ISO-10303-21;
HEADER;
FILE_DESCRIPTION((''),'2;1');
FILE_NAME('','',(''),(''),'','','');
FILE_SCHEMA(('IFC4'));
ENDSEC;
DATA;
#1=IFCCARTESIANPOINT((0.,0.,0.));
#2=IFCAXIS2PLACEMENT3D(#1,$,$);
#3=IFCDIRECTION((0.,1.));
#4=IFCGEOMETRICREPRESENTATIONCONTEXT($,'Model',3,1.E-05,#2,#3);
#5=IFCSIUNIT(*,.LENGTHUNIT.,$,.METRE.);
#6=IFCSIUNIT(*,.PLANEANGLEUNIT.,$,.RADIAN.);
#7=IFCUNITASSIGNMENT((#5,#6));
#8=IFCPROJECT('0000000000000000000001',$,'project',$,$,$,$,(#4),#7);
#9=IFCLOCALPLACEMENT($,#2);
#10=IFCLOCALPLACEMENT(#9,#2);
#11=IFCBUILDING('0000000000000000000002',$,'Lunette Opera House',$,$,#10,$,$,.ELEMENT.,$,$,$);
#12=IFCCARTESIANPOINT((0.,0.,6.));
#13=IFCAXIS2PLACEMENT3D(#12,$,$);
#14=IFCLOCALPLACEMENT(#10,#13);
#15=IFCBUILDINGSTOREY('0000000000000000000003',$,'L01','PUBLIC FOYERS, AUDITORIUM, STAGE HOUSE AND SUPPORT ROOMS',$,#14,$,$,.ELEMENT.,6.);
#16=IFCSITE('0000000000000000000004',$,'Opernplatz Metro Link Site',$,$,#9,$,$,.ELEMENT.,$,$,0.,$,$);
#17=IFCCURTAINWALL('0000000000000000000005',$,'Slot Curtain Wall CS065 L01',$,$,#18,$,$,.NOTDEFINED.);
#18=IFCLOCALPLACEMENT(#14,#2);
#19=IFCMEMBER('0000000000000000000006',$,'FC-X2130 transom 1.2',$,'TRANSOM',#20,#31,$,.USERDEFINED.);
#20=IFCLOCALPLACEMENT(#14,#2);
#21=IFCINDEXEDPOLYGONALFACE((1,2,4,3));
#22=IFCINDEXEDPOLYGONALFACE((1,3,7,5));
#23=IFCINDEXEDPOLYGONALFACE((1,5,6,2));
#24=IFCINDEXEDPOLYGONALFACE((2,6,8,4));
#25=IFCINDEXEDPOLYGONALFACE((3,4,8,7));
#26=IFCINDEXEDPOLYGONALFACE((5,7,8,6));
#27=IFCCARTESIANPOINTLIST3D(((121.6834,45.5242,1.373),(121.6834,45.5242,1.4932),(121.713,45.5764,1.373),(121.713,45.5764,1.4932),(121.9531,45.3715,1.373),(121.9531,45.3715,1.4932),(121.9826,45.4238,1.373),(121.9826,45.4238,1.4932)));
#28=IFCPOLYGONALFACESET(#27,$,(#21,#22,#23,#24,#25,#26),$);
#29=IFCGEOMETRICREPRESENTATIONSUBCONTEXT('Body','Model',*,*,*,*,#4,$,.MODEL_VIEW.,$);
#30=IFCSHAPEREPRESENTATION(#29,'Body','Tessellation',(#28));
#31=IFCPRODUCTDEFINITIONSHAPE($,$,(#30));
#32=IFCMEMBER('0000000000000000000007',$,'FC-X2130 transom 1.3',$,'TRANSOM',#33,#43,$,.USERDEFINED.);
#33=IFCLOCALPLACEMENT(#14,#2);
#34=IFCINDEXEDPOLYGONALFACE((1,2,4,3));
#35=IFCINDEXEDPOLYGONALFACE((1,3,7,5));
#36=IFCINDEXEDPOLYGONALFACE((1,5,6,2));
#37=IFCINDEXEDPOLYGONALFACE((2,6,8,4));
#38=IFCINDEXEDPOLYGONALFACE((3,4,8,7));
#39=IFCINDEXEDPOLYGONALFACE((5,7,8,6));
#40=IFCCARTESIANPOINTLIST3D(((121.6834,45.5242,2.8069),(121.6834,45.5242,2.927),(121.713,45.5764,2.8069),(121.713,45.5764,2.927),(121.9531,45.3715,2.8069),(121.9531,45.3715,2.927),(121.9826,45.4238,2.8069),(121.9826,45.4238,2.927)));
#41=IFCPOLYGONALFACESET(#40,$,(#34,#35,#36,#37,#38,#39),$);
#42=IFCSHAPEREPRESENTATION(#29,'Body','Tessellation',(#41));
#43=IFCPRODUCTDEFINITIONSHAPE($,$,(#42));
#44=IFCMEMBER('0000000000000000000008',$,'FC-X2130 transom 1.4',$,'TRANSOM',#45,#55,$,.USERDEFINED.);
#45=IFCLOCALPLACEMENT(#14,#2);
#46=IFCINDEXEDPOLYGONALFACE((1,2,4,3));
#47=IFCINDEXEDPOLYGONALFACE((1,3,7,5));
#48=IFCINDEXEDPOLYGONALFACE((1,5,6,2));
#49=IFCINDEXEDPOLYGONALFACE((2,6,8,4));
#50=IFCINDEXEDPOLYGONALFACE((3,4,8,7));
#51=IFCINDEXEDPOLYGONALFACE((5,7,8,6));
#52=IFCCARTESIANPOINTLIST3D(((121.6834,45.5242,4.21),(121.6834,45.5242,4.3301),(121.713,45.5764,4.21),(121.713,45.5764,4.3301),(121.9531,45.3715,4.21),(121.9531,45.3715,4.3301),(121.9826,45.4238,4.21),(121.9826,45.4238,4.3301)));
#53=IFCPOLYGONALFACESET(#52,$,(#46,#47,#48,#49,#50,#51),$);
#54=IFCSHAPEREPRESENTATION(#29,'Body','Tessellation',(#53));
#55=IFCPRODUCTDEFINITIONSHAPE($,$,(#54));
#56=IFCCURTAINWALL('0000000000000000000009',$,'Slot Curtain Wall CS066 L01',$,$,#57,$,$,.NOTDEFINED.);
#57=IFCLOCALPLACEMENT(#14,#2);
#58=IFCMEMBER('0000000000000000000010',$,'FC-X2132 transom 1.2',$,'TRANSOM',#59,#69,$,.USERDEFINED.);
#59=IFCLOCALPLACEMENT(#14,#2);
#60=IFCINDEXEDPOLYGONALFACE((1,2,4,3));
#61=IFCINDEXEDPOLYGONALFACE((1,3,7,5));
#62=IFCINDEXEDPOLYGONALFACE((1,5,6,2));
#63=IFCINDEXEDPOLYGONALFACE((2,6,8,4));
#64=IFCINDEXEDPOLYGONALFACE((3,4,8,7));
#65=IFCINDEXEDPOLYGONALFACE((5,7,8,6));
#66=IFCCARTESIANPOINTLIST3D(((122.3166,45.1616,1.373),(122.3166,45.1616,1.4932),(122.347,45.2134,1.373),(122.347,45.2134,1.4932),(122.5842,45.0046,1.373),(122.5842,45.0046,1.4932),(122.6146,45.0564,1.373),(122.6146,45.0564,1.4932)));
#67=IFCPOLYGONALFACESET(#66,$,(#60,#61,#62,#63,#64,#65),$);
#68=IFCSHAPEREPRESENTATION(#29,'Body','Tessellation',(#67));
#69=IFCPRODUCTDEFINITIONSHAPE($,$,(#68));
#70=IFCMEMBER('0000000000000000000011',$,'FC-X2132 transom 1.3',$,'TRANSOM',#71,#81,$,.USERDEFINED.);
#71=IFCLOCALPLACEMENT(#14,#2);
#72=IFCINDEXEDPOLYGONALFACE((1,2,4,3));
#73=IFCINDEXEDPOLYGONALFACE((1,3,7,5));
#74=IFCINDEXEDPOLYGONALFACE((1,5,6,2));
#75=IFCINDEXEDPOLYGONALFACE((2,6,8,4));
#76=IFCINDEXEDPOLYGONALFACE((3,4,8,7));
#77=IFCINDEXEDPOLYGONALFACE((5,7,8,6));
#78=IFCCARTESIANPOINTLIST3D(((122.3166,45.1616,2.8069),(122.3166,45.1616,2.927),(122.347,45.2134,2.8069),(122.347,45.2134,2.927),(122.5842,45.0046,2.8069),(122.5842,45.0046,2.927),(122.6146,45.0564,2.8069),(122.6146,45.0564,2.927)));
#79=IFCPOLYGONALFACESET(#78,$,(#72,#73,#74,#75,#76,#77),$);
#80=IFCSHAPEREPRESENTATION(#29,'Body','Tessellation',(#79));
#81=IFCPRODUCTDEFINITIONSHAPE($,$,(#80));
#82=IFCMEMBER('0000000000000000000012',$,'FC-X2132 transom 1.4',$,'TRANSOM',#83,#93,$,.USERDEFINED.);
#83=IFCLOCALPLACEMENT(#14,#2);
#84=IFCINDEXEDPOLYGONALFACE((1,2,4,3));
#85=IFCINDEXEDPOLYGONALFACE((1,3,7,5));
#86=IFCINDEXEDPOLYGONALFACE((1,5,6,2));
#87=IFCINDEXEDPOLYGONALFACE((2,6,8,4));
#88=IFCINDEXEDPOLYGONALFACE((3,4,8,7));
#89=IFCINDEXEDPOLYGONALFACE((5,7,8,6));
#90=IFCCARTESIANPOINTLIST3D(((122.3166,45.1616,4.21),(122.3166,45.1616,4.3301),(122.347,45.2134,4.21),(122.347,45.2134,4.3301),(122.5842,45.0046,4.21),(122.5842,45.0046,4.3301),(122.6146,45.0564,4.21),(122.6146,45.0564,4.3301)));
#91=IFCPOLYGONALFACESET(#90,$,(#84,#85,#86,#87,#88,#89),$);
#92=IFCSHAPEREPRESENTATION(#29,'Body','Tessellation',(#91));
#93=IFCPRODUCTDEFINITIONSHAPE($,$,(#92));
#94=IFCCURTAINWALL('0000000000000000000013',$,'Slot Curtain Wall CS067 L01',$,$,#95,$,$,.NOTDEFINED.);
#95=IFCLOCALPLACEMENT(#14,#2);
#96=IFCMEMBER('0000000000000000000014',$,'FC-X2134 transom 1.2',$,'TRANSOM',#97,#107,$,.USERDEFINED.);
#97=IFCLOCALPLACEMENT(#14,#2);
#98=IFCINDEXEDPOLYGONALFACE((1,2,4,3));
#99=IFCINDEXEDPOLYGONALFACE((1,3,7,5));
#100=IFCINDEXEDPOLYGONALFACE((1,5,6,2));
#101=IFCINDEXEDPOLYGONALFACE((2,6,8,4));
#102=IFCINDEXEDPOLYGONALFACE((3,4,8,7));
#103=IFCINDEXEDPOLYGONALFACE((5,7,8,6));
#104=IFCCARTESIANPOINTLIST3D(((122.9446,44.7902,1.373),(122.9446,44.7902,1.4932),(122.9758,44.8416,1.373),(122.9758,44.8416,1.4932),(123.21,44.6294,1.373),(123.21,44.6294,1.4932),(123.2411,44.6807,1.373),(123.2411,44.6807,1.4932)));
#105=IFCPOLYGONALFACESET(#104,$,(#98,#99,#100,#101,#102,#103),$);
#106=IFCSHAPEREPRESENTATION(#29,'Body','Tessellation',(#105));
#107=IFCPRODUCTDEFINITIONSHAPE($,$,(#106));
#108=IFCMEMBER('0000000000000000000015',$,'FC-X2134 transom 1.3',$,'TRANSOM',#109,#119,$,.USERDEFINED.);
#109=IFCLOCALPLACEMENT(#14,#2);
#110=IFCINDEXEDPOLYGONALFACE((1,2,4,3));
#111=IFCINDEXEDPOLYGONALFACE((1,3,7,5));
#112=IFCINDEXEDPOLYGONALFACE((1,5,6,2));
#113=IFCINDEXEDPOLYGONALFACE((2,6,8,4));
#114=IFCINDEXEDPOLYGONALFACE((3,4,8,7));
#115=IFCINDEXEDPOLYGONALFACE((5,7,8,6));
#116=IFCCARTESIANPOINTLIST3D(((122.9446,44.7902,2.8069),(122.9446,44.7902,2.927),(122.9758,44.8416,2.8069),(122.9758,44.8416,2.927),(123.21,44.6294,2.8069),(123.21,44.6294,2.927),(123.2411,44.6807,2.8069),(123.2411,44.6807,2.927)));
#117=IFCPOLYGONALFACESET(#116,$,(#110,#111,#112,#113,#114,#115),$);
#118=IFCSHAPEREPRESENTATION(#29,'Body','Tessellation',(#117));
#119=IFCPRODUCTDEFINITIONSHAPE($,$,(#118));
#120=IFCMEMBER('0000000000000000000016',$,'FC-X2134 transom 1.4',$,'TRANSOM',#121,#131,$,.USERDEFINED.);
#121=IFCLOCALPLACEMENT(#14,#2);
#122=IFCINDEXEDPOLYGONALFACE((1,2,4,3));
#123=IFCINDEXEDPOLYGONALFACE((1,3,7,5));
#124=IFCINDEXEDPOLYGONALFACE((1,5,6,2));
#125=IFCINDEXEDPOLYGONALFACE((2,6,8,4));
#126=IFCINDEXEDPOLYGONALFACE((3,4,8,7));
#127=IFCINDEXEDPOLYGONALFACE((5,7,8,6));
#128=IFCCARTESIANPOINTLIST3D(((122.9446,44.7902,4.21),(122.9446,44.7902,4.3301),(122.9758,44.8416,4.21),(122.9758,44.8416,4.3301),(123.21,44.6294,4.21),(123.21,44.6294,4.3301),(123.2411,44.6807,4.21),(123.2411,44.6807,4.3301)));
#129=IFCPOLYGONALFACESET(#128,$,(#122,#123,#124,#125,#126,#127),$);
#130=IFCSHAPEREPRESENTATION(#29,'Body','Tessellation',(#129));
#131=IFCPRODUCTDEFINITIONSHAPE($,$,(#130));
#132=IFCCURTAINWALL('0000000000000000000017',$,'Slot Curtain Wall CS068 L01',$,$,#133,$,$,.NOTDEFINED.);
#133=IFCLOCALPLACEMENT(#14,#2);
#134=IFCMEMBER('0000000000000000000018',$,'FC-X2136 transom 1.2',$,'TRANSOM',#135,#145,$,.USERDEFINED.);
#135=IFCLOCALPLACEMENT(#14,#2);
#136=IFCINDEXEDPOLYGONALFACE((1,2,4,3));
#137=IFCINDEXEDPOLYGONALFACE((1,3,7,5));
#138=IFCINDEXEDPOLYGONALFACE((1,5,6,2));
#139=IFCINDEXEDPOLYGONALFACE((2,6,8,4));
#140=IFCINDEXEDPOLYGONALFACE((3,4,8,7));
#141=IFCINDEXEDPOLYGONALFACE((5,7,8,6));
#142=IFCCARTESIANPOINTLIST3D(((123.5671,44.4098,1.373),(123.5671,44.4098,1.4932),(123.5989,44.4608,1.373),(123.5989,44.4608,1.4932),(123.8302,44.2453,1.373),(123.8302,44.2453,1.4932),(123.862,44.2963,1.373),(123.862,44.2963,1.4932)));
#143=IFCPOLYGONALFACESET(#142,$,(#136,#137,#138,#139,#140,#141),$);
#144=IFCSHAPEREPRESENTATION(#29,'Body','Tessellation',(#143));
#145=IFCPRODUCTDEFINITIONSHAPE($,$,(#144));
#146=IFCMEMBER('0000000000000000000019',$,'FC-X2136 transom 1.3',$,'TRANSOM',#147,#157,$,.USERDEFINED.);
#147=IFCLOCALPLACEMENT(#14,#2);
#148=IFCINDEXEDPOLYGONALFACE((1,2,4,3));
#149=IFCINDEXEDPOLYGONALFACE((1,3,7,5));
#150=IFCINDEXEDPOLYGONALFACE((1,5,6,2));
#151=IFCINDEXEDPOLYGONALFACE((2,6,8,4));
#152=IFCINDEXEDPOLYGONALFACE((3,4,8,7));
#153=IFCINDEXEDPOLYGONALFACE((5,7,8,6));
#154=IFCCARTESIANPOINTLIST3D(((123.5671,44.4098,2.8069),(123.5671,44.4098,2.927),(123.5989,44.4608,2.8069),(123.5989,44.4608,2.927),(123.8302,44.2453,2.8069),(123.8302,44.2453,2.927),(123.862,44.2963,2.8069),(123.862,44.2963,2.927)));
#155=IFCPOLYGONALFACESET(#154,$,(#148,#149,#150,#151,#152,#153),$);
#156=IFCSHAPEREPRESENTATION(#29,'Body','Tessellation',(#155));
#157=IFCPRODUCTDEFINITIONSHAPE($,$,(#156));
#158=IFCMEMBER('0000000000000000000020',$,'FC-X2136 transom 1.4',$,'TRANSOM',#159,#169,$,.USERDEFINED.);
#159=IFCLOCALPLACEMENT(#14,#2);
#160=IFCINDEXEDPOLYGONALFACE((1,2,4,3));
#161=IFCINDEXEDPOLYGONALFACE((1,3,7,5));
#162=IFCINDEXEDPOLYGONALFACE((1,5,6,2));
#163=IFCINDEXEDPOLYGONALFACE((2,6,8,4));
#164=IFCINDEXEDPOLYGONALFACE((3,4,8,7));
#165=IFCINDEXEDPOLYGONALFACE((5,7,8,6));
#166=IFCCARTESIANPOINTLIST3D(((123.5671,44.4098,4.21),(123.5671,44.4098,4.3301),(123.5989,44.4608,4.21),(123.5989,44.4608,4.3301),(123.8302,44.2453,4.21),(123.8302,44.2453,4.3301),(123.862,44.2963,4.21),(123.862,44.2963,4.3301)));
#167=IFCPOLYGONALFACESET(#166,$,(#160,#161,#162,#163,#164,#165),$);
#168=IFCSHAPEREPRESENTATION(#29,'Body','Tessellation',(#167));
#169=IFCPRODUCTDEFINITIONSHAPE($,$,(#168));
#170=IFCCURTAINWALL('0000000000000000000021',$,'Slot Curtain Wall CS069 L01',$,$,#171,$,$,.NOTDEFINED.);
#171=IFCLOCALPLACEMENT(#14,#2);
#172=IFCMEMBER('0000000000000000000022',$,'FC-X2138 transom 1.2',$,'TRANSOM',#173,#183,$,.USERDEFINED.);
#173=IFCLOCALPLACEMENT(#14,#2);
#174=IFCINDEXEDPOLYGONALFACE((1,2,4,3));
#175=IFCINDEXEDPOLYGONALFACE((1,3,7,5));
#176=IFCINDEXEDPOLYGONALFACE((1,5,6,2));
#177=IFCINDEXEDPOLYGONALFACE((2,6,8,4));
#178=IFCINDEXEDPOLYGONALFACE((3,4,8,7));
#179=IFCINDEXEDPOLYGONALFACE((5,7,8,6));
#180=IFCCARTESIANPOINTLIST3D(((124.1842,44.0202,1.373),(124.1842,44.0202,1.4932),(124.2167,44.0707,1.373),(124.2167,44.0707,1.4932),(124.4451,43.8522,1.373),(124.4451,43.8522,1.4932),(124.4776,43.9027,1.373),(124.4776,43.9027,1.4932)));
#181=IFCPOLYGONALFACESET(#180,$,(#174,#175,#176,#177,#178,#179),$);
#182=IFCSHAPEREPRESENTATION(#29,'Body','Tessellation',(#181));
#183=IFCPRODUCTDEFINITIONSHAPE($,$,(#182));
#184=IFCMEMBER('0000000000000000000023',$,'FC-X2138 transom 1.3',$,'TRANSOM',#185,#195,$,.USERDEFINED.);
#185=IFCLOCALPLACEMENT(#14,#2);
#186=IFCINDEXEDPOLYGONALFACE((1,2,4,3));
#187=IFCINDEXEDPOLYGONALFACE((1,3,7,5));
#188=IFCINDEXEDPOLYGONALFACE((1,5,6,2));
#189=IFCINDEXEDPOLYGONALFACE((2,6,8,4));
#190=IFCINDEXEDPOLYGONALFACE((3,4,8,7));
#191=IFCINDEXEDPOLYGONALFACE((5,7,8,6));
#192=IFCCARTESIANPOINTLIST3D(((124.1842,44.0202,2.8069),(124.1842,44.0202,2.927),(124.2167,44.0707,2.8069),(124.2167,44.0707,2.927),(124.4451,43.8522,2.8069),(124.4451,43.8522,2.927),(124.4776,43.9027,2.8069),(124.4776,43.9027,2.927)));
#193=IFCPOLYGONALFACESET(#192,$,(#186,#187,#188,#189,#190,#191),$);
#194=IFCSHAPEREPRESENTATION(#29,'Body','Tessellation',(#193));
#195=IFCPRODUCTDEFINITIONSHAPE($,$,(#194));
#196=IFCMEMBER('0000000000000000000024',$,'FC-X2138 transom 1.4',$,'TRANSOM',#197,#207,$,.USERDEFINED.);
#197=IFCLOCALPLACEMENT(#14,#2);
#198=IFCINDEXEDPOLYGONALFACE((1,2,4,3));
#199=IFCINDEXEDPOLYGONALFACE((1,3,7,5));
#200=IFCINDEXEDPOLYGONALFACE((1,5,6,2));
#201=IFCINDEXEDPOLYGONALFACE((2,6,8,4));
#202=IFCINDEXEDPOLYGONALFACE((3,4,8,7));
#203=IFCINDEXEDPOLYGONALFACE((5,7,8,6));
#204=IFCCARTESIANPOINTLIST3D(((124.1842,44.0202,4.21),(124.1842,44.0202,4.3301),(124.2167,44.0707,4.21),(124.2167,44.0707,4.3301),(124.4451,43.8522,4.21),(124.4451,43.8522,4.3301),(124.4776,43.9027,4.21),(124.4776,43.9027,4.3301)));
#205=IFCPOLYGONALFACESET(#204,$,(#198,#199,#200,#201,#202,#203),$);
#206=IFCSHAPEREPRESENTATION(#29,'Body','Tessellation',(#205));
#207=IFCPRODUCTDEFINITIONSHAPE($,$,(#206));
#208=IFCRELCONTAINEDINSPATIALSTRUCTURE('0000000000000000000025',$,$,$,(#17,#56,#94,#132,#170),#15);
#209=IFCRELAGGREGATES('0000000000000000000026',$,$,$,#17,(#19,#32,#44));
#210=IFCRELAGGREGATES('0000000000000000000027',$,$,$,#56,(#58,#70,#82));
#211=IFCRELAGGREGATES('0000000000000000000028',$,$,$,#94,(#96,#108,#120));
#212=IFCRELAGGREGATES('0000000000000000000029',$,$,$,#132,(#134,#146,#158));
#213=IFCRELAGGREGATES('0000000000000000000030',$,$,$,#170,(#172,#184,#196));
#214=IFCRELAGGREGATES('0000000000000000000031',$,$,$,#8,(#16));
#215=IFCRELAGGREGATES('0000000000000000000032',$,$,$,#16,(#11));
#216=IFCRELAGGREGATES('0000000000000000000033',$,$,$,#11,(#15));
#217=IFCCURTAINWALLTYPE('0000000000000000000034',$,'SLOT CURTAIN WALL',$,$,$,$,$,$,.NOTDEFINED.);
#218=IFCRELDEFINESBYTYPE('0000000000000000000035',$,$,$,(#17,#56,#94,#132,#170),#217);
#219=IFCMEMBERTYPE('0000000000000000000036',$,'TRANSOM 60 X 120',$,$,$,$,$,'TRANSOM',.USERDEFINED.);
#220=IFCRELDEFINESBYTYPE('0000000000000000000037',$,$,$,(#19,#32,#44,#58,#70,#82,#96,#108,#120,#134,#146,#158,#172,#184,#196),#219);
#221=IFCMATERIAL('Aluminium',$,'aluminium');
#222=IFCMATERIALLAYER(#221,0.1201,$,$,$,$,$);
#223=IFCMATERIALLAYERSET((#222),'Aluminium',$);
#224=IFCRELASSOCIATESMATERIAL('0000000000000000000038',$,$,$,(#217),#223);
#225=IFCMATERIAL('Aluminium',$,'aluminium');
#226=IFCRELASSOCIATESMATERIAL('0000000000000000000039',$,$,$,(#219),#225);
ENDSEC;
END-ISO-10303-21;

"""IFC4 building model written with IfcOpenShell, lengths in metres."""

from ifc_helpers import new_model, si_unit, direction, frame, origin, origin_2d, place, context, subcontext, project, spatial, rectangle, extrude, material, layer, layer_set, material_profile, profile_set, type_object, element, aggregate, save


model = new_model("IFC4")

# Units and contexts
model_context = context("Model", 3, precision=1e-05, world=origin(), true_north=direction((0.0, 1.0)))
body_context = subcontext(model_context, "Body", "Model", "MODEL_VIEW")
ifc_project = project(units=[si_unit("LENGTHUNIT", "METRE"), si_unit("PLANEANGLEUNIT", "RADIAN")], contexts=[model_context])

# Site, building, storey
site_placement = place(None, origin())
site = spatial("IfcSite", under=ifc_project, at=site_placement, Name="Opernplatz Metro Link Site", CompositionType="ELEMENT", RefElevation=0.0)
building_placement = place(site_placement, origin())
building = spatial("IfcBuilding", under=site, at=building_placement, Name="Lunette Opera House", CompositionType="ELEMENT")
storey_placement = place(building_placement, frame((0.0, 0.0, 6.0)))
storey = spatial("IfcBuildingStorey", under=building, at=storey_placement, Name="L01", Description="PUBLIC FOYERS, AUDITORIUM, STAGE HOUSE AND SUPPORT ROOMS", CompositionType="ELEMENT", Elevation=6.0)

# Curtain walls, members
ifc_material_1 = material(Name="Aluminium", Category="aluminium")
ifc_layer_1 = layer(ifc_material_1, 0.1201)
ifc_layer_set_1 = layer_set([ifc_layer_1], Name="Aluminium")
curtain_wall_type = type_object("IfcCurtainWallType", Name="SLOT CURTAIN WALL", PredefinedType="NOTDEFINED", material=ifc_layer_set_1)
curtain_wall_1_placement = place(storey_placement, origin())
curtain_wall_1 = element("IfcCurtainWall", 1, at=curtain_wall_1_placement, inside=storey, type_object=curtain_wall_type, Name="Slot Curtain Wall CS065 L01", PredefinedType="NOTDEFINED")
ifc_material_2 = material(Name="Aluminium", Category="aluminium")
ifc_material_profile = material_profile(ifc_material_2, rectangle(XDim=0.0601, YDim=0.1201, at=origin_2d()), Name="TRANSOM 60 X 120")
ifc_profile_set = profile_set([ifc_material_profile], Name="Aluminium")
member_type = type_object("IfcMemberType", Name="TRANSOM 60 X 120", ElementType="TRANSOM", PredefinedType="USERDEFINED", material=ifc_profile_set)
member_1_placement = place(storey_placement, frame((121.6982, 45.5503, 1.4331), z_axis=(0.870225, -0.492655, 0.0), x_axis=(0.492655, 0.870225, 0.0)))
member_1 = element("IfcMember", 2, at=member_1_placement, type_object=member_type, Name="FC-X2130 transom 1.2", ObjectType="TRANSOM", PredefinedType="USERDEFINED", context=body_context, shape_type="SweptSolid", body=[
    extrude(rectangle(XDim=0.0601, YDim=0.1201, at=origin_2d()), origin(), (0.0, 0.0, 1.0), 0.3098),
])
member_2_placement = place(storey_placement, frame((121.6982, 45.5503, 2.8669), z_axis=(0.870225, -0.492655, 0.0), x_axis=(0.492655, 0.870225, 0.0)))
member_2 = element("IfcMember", 3, at=member_2_placement, type_object=member_type, Name="FC-X2130 transom 1.3", ObjectType="TRANSOM", PredefinedType="USERDEFINED", context=body_context, shape_type="SweptSolid", body=[
    extrude(rectangle(XDim=0.0601, YDim=0.1201, at=origin_2d()), origin(), (0.0, 0.0, 1.0), 0.3098),
])
member_3_placement = place(storey_placement, frame((121.6982, 45.5503, 4.27), z_axis=(0.870225, -0.492655, 0.0), x_axis=(0.492655, 0.870225, 0.0)))
member_3 = element("IfcMember", 4, at=member_3_placement, type_object=member_type, Name="FC-X2130 transom 1.4", ObjectType="TRANSOM", PredefinedType="USERDEFINED", context=body_context, shape_type="SweptSolid", body=[
    extrude(rectangle(XDim=0.0601, YDim=0.1201, at=origin_2d()), origin(), (0.0, 0.0, 1.0), 0.3098),
])
curtain_wall_2_placement = place(storey_placement, origin())
curtain_wall_2 = element("IfcCurtainWall", 5, at=curtain_wall_2_placement, inside=storey, type_object=curtain_wall_type, Name="Slot Curtain Wall CS066 L01", PredefinedType="NOTDEFINED")
member_4_placement = place(storey_placement, frame((122.3318, 45.1875, 1.4331), z_axis=(0.86252, -0.506022, 0.0), x_axis=(0.506022, 0.86252, 0.0)))
member_4 = element("IfcMember", 6, at=member_4_placement, type_object=member_type, Name="FC-X2132 transom 1.2", ObjectType="TRANSOM", PredefinedType="USERDEFINED", context=body_context, shape_type="SweptSolid", body=[
    extrude(rectangle(XDim=0.0601, YDim=0.1201, at=origin_2d()), origin(), (0.0, 0.0, 1.0), 0.3103),
])
member_5_placement = place(storey_placement, frame((122.3318, 45.1875, 2.8669), z_axis=(0.86252, -0.506022, 0.0), x_axis=(0.506022, 0.86252, 0.0)))
member_5 = element("IfcMember", 7, at=member_5_placement, type_object=member_type, Name="FC-X2132 transom 1.3", ObjectType="TRANSOM", PredefinedType="USERDEFINED", context=body_context, shape_type="SweptSolid", body=[
    extrude(rectangle(XDim=0.0601, YDim=0.1201, at=origin_2d()), origin(), (0.0, 0.0, 1.0), 0.3103),
])
member_6_placement = place(storey_placement, frame((122.3318, 45.1875, 4.27), z_axis=(0.86252, -0.506022, 0.0), x_axis=(0.506022, 0.86252, 0.0)))
member_6 = element("IfcMember", 8, at=member_6_placement, type_object=member_type, Name="FC-X2132 transom 1.4", ObjectType="TRANSOM", PredefinedType="USERDEFINED", context=body_context, shape_type="SweptSolid", body=[
    extrude(rectangle(XDim=0.0601, YDim=0.1201, at=origin_2d()), origin(), (0.0, 0.0, 1.0), 0.3103),
])
curtain_wall_3_placement = place(storey_placement, origin())
curtain_wall_3 = element("IfcCurtainWall", 9, at=curtain_wall_3_placement, inside=storey, type_object=curtain_wall_type, Name="Slot Curtain Wall CS067 L01", PredefinedType="NOTDEFINED")
member_7_placement = place(storey_placement, frame((122.9602, 44.8159, 1.4331), z_axis=(0.855124, -0.518424, 0.0), x_axis=(0.518424, 0.855124, 0.0)))
member_7 = element("IfcMember", 10, at=member_7_placement, type_object=member_type, Name="FC-X2134 transom 1.2", ObjectType="TRANSOM", PredefinedType="USERDEFINED", context=body_context, shape_type="SweptSolid", body=[
    extrude(rectangle(XDim=0.0601, YDim=0.1201, at=origin_2d()), origin(), (0.0, 0.0, 1.0), 0.3103),
])
member_8_placement = place(storey_placement, frame((122.9602, 44.8159, 2.8669), z_axis=(0.855124, -0.518424, 0.0), x_axis=(0.518424, 0.855124, 0.0)))
member_8 = element("IfcMember", 11, at=member_8_placement, type_object=member_type, Name="FC-X2134 transom 1.3", ObjectType="TRANSOM", PredefinedType="USERDEFINED", context=body_context, shape_type="SweptSolid", body=[
    extrude(rectangle(XDim=0.0601, YDim=0.1201, at=origin_2d()), origin(), (0.0, 0.0, 1.0), 0.3103),
])
member_9_placement = place(storey_placement, frame((122.9602, 44.8159, 4.27), z_axis=(0.855124, -0.518424, 0.0), x_axis=(0.518424, 0.855124, 0.0)))
member_9 = element("IfcMember", 12, at=member_9_placement, type_object=member_type, Name="FC-X2134 transom 1.4", ObjectType="TRANSOM", PredefinedType="USERDEFINED", context=body_context, shape_type="SweptSolid", body=[
    extrude(rectangle(XDim=0.0601, YDim=0.1201, at=origin_2d()), origin(), (0.0, 0.0, 1.0), 0.3103),
])
curtain_wall_4_placement = place(storey_placement, origin())
curtain_wall_4 = element("IfcCurtainWall", 13, at=curtain_wall_4_placement, inside=storey, type_object=curtain_wall_type, Name="Slot Curtain Wall CS068 L01", PredefinedType="NOTDEFINED")
member_10_placement = place(storey_placement, frame((123.583, 44.4353, 1.4331), z_axis=(0.84791, -0.53014, 0.0), x_axis=(0.53014, 0.84791, 0.0)))
member_10 = element("IfcMember", 14, at=member_10_placement, type_object=member_type, Name="FC-X2136 transom 1.2", ObjectType="TRANSOM", PredefinedType="USERDEFINED", context=body_context, shape_type="SweptSolid", body=[
    extrude(rectangle(XDim=0.0601, YDim=0.1201, at=origin_2d()), origin(), (0.0, 0.0, 1.0), 0.3103),
])
member_11_placement = place(storey_placement, frame((123.583, 44.4353, 2.8669), z_axis=(0.84791, -0.53014, 0.0), x_axis=(0.53014, 0.84791, 0.0)))
member_11 = element("IfcMember", 15, at=member_11_placement, type_object=member_type, Name="FC-X2136 transom 1.3", ObjectType="TRANSOM", PredefinedType="USERDEFINED", context=body_context, shape_type="SweptSolid", body=[
    extrude(rectangle(XDim=0.0601, YDim=0.1201, at=origin_2d()), origin(), (0.0, 0.0, 1.0), 0.3103),
])
member_12_placement = place(storey_placement, frame((123.583, 44.4353, 4.27), z_axis=(0.84791, -0.53014, 0.0), x_axis=(0.53014, 0.84791, 0.0)))
member_12 = element("IfcMember", 16, at=member_12_placement, type_object=member_type, Name="FC-X2136 transom 1.4", ObjectType="TRANSOM", PredefinedType="USERDEFINED", context=body_context, shape_type="SweptSolid", body=[
    extrude(rectangle(XDim=0.0601, YDim=0.1201, at=origin_2d()), origin(), (0.0, 0.0, 1.0), 0.3103),
])
curtain_wall_5_placement = place(storey_placement, origin())
curtain_wall_5 = element("IfcCurtainWall", 17, at=curtain_wall_5_placement, inside=storey, type_object=curtain_wall_type, Name="Slot Curtain Wall CS069 L01", PredefinedType="NOTDEFINED")
member_13_placement = place(storey_placement, frame((124.2004, 44.0454, 1.4331), z_axis=(0.840897, -0.541195, 0.0), x_axis=(0.541195, 0.840897, 0.0)))
member_13 = element("IfcMember", 18, at=member_13_placement, type_object=member_type, Name="FC-X2138 transom 1.2", ObjectType="TRANSOM", PredefinedType="USERDEFINED", context=body_context, shape_type="SweptSolid", body=[
    extrude(rectangle(XDim=0.0601, YDim=0.1201, at=origin_2d()), origin(), (0.0, 0.0, 1.0), 0.3103),
])
member_14_placement = place(storey_placement, frame((124.2004, 44.0454, 2.8669), z_axis=(0.840897, -0.541195, 0.0), x_axis=(0.541195, 0.840897, 0.0)))
member_14 = element("IfcMember", 19, at=member_14_placement, type_object=member_type, Name="FC-X2138 transom 1.3", ObjectType="TRANSOM", PredefinedType="USERDEFINED", context=body_context, shape_type="SweptSolid", body=[
    extrude(rectangle(XDim=0.0601, YDim=0.1201, at=origin_2d()), origin(), (0.0, 0.0, 1.0), 0.3103),
])
member_15_placement = place(storey_placement, frame((124.2004, 44.0454, 4.27), z_axis=(0.840897, -0.541195, 0.0), x_axis=(0.541195, 0.840897, 0.0)))
member_15 = element("IfcMember", 20, at=member_15_placement, type_object=member_type, Name="FC-X2138 transom 1.4", ObjectType="TRANSOM", PredefinedType="USERDEFINED", context=body_context, shape_type="SweptSolid", body=[
    extrude(rectangle(XDim=0.0601, YDim=0.1201, at=origin_2d()), origin(), (0.0, 0.0, 1.0), 0.3103),
])

aggregate(curtain_wall_1, [member_1, member_2, member_3])
aggregate(curtain_wall_2, [member_4, member_5, member_6])
aggregate(curtain_wall_3, [member_7, member_8, member_9])
aggregate(curtain_wall_4, [member_10, member_11, member_12])
aggregate(curtain_wall_5, [member_13, member_14, member_15])

save(model, "model.ifc")
